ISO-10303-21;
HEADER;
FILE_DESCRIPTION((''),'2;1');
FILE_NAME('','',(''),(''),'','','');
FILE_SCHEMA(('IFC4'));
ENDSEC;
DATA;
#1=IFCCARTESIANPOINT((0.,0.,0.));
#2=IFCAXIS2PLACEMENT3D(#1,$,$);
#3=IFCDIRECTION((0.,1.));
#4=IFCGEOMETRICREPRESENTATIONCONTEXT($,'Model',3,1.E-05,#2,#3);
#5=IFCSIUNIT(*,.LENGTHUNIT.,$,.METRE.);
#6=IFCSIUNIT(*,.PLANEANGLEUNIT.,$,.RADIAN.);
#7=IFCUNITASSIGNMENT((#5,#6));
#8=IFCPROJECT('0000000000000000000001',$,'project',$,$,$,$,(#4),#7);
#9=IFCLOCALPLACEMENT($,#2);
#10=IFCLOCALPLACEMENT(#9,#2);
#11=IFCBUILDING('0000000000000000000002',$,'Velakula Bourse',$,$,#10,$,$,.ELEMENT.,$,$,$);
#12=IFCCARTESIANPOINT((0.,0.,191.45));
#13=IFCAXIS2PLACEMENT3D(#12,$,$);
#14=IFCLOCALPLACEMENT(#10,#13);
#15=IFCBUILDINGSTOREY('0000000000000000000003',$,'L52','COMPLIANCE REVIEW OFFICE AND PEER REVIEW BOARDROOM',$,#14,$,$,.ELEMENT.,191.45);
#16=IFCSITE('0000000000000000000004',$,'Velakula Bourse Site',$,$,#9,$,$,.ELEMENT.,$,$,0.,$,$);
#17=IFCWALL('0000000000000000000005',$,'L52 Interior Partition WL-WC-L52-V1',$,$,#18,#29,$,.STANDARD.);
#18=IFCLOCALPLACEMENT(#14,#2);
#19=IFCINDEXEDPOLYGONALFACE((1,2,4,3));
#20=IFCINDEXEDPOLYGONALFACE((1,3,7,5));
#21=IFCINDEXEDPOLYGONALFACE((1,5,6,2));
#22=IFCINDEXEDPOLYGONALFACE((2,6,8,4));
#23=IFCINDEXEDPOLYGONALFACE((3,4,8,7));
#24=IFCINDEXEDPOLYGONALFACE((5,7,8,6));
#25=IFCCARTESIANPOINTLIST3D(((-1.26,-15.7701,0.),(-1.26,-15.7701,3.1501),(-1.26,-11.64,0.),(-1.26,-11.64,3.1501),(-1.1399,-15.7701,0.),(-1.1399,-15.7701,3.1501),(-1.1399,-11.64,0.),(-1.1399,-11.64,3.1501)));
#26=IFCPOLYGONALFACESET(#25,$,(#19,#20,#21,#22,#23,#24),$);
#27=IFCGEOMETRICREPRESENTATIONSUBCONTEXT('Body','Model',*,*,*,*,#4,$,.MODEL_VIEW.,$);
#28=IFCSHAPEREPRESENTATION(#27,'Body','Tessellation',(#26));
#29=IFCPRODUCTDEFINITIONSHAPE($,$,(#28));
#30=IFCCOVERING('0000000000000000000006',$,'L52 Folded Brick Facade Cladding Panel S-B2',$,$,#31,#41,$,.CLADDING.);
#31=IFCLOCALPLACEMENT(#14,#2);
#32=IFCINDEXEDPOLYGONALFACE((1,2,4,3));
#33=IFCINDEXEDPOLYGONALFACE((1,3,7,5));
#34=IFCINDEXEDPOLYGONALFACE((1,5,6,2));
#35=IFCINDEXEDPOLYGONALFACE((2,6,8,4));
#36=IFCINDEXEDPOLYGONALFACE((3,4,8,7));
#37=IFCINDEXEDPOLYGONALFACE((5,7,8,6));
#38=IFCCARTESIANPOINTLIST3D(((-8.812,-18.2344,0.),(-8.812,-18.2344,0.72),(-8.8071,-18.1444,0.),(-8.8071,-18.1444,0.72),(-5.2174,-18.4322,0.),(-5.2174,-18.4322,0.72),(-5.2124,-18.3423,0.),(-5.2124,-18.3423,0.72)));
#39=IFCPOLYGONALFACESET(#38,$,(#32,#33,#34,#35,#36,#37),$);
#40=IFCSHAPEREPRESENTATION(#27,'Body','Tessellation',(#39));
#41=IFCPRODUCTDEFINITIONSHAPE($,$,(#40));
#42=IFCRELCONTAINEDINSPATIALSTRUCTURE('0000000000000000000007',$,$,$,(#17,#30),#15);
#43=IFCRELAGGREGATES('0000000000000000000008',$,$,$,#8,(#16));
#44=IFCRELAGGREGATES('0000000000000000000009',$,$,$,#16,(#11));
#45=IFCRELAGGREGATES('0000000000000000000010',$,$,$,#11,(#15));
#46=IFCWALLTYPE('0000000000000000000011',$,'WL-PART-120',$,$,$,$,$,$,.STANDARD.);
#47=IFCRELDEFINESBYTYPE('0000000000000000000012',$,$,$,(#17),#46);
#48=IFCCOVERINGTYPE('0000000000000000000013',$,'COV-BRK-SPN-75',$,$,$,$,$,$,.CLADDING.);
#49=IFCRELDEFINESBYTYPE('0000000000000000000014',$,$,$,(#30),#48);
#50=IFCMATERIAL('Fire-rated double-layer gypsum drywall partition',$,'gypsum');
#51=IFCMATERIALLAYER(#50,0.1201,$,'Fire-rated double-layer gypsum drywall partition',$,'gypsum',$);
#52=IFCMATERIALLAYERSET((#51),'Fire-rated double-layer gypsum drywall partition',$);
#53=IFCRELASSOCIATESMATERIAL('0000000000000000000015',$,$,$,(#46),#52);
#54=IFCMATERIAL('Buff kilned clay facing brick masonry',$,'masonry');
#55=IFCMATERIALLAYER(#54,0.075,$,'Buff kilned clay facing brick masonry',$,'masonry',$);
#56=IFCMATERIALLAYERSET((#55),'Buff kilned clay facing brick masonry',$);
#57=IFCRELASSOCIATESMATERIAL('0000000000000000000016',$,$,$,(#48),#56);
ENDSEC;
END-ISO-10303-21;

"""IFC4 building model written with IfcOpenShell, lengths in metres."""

from ifc_helpers import new_model, si_unit, direction, frame, frame_2d, origin, origin_2d, place, context, subcontext, project, spatial, rectangle, extrude, material, layer, layer_set, type_object, element, save


model = new_model("IFC4")

# Units and contexts
model_context = context("Model", 3, precision=1e-05, world=origin(), true_north=direction((0.0, 1.0)))
body_context = subcontext(model_context, "Body", "Model", "MODEL_VIEW")
ifc_project = project(units=[si_unit("LENGTHUNIT", "METRE"), si_unit("PLANEANGLEUNIT", "RADIAN")], contexts=[model_context])

# Site, building, storey
site_placement = place(None, origin())
site = spatial("IfcSite", under=ifc_project, at=site_placement, Name="Velakula Bourse Site", CompositionType="ELEMENT", RefElevation=0.0)
building_placement = place(site_placement, origin())
building = spatial("IfcBuilding", under=site, at=building_placement, Name="Velakula Bourse", CompositionType="ELEMENT")
storey_placement = place(building_placement, frame((0.0, 0.0, 191.45)))
storey = spatial("IfcBuildingStorey", under=building, at=storey_placement, Name="L52", Description="COMPLIANCE REVIEW OFFICE AND PEER REVIEW BOARDROOM", CompositionType="ELEMENT", Elevation=191.45)

# Wall
ifc_material_1 = material(Name="Fire-rated double-layer gypsum drywall partition", Category="gypsum")
ifc_layer_1 = layer(ifc_material_1, 0.1201, Name="Fire-rated double-layer gypsum drywall partition", Category="gypsum")
ifc_layer_set_1 = layer_set([ifc_layer_1], Name="Fire-rated double-layer gypsum drywall partition")
wall_type_1 = type_object("IfcWallType", Name="WL-PART-120", PredefinedType="STANDARD", material=ifc_layer_set_1)
wall_1_placement = place(storey_placement, frame((-1.2, -15.77, 0.0), z_axis=(0.0, 0.0, 1.0), x_axis=(0.0, 1.0, 0.0)))
element("IfcWall", 1, at=wall_1_placement, inside=storey, type_object=wall_type_1, Name="L52 Interior Partition WL-WC-L52-V1", PredefinedType="STANDARD", context=body_context, shape_type="SweptSolid", body=[
    extrude(rectangle(XDim=4.1301, YDim=0.1201, at=frame_2d((2.0649, 0.0))), origin(), (0.0, 0.0, 1.0), 3.1501),
])

# Covering
ifc_material_2 = material(Name="Buff kilned clay facing brick masonry", Category="masonry")
ifc_layer_2 = layer(ifc_material_2, 0.075, Name="Buff kilned clay facing brick masonry", Category="masonry")
ifc_layer_set_2 = layer_set([ifc_layer_2], Name="Buff kilned clay facing brick masonry")
covering_type = type_object("IfcCoveringType", Name="COV-BRK-SPN-75", PredefinedType="CLADDING", material=ifc_layer_set_2)
covering_placement = place(storey_placement, frame((-7.0122, -18.2883, 0.0), z_axis=(0.0, 0.0, 1.0), x_axis=(0.998489, -0.05495, 0.0)))
element("IfcCovering", 2, at=covering_placement, inside=storey, type_object=covering_type, Name="L52 Folded Brick Facade Cladding Panel S-B2", PredefinedType="CLADDING", context=body_context, shape_type="SweptSolid", body=[
    extrude(rectangle(XDim=3.6001, YDim=0.0901, at=origin_2d()), origin(), (0.0, 0.0, 1.0), 0.72),
])

save(model, "model.ifc")
